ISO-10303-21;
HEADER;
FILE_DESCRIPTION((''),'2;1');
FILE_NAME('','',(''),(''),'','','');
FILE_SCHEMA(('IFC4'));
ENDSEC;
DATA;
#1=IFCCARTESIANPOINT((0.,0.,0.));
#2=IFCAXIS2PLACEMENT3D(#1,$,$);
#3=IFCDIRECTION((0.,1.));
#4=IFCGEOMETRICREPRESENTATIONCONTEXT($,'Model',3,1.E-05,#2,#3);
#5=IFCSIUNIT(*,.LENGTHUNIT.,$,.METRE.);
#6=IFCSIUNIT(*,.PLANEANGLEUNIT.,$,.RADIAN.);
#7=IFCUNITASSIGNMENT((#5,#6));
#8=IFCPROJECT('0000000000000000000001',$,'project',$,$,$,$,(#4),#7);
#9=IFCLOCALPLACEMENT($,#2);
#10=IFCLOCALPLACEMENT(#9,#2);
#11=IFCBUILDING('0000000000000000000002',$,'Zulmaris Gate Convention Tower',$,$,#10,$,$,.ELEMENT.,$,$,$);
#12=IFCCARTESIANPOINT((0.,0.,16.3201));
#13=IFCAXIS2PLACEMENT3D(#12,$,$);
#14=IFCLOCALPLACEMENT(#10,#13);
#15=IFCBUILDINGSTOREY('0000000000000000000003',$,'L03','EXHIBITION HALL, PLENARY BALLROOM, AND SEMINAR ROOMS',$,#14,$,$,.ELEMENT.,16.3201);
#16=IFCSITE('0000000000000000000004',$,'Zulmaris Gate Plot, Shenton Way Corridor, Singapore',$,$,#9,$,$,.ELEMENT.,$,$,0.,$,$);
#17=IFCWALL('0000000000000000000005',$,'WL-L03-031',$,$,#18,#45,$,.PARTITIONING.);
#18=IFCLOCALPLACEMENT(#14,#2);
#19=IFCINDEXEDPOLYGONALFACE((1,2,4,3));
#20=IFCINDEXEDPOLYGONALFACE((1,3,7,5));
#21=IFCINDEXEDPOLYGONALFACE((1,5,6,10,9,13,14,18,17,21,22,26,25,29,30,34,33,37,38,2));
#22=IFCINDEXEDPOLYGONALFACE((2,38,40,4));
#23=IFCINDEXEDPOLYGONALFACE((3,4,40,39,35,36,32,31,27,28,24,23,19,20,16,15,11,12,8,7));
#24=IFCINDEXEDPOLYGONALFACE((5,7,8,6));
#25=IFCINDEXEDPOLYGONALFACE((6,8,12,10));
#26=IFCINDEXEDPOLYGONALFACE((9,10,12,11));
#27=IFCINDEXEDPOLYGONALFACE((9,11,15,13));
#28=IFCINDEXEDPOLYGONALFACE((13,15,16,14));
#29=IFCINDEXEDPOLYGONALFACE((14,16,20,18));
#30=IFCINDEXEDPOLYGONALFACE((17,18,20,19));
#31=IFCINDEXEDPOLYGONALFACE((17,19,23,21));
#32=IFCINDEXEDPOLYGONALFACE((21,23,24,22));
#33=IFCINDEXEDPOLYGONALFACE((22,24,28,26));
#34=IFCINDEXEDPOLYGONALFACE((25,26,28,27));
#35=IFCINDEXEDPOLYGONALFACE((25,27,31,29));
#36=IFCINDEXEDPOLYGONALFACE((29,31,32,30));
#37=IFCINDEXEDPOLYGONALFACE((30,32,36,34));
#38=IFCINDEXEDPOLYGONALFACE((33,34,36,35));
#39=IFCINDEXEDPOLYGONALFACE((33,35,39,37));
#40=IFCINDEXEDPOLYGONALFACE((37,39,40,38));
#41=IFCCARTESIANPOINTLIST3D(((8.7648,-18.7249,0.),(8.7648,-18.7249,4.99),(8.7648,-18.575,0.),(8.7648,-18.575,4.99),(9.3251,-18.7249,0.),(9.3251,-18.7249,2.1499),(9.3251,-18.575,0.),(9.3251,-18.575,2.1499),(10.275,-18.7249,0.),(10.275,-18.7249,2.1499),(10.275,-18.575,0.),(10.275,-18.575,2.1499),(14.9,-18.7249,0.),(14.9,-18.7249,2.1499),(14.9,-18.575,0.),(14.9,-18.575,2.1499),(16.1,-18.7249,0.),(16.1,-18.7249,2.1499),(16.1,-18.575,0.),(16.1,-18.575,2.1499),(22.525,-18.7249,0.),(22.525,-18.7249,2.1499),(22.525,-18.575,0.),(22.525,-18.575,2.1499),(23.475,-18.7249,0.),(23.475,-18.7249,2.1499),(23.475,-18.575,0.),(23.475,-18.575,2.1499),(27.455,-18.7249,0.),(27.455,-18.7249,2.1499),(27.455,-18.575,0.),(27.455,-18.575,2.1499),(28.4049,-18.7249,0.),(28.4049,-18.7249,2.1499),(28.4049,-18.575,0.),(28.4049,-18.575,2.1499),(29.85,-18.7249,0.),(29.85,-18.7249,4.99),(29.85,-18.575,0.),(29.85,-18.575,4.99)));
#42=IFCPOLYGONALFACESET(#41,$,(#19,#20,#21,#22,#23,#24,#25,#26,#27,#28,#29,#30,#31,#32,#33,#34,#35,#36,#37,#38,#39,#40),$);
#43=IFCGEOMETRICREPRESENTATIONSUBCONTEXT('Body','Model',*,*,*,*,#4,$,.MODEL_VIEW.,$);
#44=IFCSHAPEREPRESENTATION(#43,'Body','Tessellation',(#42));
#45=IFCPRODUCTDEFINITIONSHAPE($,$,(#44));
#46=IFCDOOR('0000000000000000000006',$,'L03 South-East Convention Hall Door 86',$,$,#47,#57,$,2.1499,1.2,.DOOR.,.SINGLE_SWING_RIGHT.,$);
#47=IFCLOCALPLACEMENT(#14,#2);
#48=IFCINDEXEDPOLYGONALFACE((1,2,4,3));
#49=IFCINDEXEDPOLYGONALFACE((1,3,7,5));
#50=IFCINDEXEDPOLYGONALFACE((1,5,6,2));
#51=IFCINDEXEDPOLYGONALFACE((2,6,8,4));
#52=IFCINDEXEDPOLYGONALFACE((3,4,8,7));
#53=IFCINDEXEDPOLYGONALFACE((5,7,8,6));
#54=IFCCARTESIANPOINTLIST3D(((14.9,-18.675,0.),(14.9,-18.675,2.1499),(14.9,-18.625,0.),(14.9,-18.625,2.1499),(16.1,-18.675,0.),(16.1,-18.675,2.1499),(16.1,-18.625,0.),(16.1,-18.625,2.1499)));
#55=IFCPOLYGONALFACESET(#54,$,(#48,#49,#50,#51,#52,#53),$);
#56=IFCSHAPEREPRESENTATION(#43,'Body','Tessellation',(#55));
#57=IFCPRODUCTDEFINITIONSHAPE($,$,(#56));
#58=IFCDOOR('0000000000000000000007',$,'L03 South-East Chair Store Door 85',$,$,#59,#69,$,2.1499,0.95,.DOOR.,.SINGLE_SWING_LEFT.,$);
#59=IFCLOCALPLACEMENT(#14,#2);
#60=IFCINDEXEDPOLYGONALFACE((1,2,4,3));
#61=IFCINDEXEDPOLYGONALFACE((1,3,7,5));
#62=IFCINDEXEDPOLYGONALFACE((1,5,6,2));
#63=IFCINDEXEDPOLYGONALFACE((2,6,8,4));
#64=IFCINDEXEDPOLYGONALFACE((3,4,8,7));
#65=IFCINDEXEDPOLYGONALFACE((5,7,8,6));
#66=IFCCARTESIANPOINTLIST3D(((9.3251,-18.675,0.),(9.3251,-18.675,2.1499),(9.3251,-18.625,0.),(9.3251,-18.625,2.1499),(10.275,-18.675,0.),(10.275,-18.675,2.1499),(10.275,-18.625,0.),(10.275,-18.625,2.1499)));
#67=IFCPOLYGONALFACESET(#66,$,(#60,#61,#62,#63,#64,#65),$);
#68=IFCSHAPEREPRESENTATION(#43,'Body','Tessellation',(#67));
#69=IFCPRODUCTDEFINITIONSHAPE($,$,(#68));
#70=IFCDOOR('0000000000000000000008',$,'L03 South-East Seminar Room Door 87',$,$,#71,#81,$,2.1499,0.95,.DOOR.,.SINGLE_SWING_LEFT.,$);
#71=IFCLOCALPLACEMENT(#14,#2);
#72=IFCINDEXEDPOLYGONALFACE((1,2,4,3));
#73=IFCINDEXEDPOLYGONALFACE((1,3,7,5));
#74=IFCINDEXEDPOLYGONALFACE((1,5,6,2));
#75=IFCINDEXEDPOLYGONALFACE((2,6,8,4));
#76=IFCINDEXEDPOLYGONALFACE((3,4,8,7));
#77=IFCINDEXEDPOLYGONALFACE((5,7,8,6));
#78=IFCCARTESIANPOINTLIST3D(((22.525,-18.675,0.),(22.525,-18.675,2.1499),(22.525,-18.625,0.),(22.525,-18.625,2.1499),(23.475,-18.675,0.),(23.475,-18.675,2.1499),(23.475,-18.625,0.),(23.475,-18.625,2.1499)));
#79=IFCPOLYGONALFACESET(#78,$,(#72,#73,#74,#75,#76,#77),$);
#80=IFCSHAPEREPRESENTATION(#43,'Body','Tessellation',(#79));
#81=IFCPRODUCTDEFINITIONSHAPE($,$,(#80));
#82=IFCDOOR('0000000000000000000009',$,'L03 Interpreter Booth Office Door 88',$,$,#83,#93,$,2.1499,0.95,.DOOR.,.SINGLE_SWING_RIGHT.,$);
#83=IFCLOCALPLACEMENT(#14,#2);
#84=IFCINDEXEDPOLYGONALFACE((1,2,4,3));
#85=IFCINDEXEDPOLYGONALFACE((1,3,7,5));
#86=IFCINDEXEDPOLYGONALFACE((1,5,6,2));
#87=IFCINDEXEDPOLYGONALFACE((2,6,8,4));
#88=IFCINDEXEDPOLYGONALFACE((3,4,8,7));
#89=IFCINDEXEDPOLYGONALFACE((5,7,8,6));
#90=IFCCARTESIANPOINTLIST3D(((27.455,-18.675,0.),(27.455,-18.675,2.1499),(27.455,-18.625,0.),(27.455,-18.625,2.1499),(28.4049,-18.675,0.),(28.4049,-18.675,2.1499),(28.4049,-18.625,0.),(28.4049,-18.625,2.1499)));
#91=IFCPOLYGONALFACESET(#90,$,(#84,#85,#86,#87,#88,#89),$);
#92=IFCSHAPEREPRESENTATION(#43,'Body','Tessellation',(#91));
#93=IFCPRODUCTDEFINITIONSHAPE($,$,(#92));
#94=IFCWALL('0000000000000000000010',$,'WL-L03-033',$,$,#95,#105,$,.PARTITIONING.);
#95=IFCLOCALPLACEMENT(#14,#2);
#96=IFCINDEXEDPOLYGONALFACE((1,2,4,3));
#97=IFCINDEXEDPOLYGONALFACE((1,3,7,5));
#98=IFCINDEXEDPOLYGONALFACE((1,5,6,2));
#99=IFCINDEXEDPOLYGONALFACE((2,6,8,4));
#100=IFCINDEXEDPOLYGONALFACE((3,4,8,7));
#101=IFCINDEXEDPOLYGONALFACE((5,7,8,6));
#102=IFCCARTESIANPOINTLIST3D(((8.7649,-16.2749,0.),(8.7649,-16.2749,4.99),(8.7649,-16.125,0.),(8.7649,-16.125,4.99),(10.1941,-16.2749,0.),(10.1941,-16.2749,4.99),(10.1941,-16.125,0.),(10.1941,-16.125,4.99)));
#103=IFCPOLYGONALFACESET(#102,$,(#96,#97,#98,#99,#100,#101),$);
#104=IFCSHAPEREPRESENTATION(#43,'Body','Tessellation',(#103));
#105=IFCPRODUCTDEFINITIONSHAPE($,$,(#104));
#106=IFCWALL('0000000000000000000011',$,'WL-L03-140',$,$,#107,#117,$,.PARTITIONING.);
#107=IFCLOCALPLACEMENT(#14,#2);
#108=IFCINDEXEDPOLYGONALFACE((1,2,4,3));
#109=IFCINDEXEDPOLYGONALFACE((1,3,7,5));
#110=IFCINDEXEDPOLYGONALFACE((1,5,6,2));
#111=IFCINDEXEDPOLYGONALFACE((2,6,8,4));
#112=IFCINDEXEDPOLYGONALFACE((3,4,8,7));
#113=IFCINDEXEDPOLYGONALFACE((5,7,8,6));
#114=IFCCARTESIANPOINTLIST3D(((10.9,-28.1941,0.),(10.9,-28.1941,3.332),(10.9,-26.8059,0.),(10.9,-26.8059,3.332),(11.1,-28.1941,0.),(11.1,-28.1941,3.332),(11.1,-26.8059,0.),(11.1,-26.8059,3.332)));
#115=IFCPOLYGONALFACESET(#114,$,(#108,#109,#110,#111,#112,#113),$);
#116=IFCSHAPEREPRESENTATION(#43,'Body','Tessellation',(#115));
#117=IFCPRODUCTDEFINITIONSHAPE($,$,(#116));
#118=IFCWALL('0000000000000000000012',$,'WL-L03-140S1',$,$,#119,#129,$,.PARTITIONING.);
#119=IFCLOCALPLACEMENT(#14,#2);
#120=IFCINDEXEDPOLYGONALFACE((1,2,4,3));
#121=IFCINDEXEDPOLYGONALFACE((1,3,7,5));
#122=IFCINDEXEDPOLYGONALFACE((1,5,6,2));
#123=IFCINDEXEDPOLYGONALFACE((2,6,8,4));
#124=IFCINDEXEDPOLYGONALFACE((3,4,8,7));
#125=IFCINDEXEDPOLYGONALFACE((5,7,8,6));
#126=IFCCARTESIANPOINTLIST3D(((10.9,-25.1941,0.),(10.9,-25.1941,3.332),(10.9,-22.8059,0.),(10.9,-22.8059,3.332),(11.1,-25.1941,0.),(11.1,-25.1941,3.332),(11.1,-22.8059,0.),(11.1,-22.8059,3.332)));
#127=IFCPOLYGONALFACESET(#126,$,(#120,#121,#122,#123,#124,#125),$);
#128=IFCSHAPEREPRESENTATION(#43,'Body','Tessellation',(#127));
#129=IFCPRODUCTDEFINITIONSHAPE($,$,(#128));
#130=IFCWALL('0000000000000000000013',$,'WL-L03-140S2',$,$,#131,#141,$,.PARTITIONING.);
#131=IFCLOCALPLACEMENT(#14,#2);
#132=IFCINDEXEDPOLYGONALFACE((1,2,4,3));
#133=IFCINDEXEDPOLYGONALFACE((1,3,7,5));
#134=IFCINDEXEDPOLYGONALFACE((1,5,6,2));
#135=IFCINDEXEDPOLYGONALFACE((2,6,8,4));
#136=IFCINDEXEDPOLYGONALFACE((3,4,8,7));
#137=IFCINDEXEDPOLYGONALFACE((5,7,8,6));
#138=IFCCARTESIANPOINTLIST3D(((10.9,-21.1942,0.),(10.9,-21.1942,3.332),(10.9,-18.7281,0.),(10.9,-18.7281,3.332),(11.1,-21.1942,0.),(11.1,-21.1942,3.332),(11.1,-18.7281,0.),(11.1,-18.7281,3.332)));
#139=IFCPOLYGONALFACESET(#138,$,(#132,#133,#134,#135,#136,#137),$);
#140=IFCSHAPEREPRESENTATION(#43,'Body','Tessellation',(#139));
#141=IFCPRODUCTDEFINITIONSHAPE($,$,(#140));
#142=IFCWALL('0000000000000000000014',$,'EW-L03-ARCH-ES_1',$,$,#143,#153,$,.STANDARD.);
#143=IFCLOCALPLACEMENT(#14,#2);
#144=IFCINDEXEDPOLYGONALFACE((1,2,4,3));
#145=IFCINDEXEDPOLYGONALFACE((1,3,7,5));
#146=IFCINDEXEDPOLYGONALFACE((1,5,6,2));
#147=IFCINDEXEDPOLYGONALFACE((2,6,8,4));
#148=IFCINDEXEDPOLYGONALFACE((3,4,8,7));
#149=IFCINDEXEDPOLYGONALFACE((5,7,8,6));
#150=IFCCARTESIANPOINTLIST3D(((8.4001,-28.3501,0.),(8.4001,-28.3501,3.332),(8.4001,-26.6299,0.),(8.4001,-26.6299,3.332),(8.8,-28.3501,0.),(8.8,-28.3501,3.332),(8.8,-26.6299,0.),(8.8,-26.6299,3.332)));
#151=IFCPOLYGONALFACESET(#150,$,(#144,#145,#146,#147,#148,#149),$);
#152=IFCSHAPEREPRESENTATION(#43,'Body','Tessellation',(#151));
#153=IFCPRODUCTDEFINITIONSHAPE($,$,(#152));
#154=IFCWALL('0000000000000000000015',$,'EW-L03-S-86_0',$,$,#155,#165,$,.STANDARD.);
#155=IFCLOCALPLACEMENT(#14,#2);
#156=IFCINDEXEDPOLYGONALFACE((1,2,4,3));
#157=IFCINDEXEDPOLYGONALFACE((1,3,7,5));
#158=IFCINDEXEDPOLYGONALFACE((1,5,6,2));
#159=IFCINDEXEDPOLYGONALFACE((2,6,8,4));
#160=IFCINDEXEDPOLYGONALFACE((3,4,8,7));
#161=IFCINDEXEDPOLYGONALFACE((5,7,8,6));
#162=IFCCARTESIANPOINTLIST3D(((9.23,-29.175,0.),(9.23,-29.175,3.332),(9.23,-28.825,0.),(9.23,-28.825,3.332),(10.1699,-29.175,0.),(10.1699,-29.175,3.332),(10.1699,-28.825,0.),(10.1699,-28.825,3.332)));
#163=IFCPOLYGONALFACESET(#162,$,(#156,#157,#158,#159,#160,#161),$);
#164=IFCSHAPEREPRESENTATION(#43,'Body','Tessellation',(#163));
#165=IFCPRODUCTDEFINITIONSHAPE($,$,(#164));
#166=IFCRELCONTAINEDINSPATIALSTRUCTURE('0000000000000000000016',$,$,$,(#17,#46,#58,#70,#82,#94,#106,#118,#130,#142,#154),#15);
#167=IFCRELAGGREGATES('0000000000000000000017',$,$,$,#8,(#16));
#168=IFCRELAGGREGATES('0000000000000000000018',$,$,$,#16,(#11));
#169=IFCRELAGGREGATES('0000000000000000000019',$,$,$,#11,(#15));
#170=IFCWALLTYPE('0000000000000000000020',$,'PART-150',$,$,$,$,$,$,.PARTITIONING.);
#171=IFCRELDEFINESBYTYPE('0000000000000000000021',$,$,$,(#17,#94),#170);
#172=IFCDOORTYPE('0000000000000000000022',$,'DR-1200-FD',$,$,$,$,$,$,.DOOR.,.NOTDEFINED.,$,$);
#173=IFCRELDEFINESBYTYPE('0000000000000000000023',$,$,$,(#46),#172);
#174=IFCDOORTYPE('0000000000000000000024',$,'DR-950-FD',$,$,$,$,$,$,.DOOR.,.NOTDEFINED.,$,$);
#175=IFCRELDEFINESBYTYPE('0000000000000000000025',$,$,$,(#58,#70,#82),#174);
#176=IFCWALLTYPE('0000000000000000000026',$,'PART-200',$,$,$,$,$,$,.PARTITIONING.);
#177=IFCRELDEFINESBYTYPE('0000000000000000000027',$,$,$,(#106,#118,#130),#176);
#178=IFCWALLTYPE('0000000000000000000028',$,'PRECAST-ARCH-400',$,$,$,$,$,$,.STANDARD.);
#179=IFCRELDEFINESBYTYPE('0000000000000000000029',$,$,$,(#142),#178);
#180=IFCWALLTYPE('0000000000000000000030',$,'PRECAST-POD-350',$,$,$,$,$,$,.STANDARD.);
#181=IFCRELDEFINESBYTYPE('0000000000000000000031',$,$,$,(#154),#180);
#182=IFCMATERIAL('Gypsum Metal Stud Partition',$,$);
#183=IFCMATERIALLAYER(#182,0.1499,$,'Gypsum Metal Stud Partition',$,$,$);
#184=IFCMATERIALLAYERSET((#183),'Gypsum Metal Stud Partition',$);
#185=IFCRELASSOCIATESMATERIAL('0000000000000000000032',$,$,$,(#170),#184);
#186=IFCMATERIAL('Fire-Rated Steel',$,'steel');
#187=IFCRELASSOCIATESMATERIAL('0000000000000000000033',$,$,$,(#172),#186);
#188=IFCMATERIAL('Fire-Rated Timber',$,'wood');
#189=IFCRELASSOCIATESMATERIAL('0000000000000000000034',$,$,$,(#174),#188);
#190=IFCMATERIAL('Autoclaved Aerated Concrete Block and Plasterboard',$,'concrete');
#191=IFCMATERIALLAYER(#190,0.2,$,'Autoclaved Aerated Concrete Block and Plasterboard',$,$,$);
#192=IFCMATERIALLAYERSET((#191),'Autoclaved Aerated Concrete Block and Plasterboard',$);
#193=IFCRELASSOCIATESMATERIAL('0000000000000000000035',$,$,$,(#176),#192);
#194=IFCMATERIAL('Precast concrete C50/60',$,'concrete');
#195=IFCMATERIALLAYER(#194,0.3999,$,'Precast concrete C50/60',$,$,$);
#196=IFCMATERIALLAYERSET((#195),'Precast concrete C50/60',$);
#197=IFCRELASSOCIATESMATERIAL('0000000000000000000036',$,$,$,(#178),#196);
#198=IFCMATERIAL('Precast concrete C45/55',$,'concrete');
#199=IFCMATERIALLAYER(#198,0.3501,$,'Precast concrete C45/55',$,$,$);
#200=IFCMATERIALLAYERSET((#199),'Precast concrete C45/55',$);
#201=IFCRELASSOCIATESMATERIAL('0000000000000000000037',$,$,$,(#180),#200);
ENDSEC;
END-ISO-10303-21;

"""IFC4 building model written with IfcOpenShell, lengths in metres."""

from ifc_helpers import new_model, si_unit, direction, frame, frame_2d, origin, place, context, subcontext, project, spatial, rectangle, extrude, material, layer, layer_set, type_object, element, fill, save


model = new_model("IFC4")

# Units and contexts
model_context = context("Model", 3, precision=1e-05, world=origin(), true_north=direction((0.0, 1.0)))
body_context = subcontext(model_context, "Body", "Model", "MODEL_VIEW")
ifc_project = project(units=[si_unit("LENGTHUNIT", "METRE"), si_unit("PLANEANGLEUNIT", "RADIAN")], contexts=[model_context])

# Site, building, storey
site_placement = place(None, origin())
site = spatial("IfcSite", under=ifc_project, at=site_placement, Name="Zulmaris Gate Plot, Shenton Way Corridor, Singapore", CompositionType="ELEMENT", RefElevation=0.0)
building_placement = place(site_placement, origin())
building = spatial("IfcBuilding", under=site, at=building_placement, Name="Zulmaris Gate Convention Tower", CompositionType="ELEMENT")
storey_placement = place(building_placement, frame((0.0, 0.0, 16.3201)))
storey = spatial("IfcBuildingStorey", under=building, at=storey_placement, Name="L03", Description="EXHIBITION HALL, PLENARY BALLROOM, AND SEMINAR ROOMS", CompositionType="ELEMENT", Elevation=16.3201)

# Wall, openings, doors
ifc_material_1 = material(Name="Gypsum Metal Stud Partition")
ifc_layer_1 = layer(ifc_material_1, 0.1499, Name="Gypsum Metal Stud Partition")
ifc_layer_set_1 = layer_set([ifc_layer_1], Name="Gypsum Metal Stud Partition")
wall_type_1 = type_object("IfcWallType", Name="PART-150", PredefinedType="PARTITIONING", material=ifc_layer_set_1)
wall_1_placement = place(storey_placement, frame((8.7649, -18.6499, 0.0), z_axis=(0.0, 0.0, 1.0), x_axis=(1.0, 0.0, 0.0)))
wall_1 = element("IfcWall", 1, at=wall_1_placement, inside=storey, type_object=wall_type_1, Name="WL-L03-031", PredefinedType="PARTITIONING", context=body_context, shape_type="SweptSolid", body=[
    extrude(rectangle(XDim=21.0852, YDim=0.1499, at=frame_2d((10.5425, 0.0))), origin(), (0.0, 0.0, 1.0), 4.99),
])
opening_1_placement = place(wall_1_placement, frame((0.5601, 0.0, 0.0)))
opening_1 = element("IfcOpeningElement", 2, at=opening_1_placement, cuts=wall_1, PredefinedType="OPENING", context=body_context, shape_type="SweptSolid", body=[
    extrude(rectangle(XDim=0.95, YDim=2.1499, at=frame_2d((0.4751, 1.075))), frame((0.0, 0.085, 0.0), z_axis=(0.0, -1.0, 0.0), x_axis=(1.0, 0.0, 0.0)), (0.0, 0.0, 1.0), 0.1699),
])
opening_2_placement = place(wall_1_placement, frame((6.135, 0.0, 0.0)))
opening_2 = element("IfcOpeningElement", 3, at=opening_2_placement, cuts=wall_1, PredefinedType="OPENING", context=body_context, shape_type="SweptSolid", body=[
    extrude(rectangle(XDim=1.2, YDim=2.1499, at=frame_2d((0.6001, 1.075))), frame((0.0, 0.085, 0.0), z_axis=(0.0, -1.0, 0.0), x_axis=(1.0, 0.0, 0.0)), (0.0, 0.0, 1.0), 0.1699),
])
opening_3_placement = place(wall_1_placement, frame((13.76, 0.0, 0.0)))
opening_3 = element("IfcOpeningElement", 4, at=opening_3_placement, cuts=wall_1, PredefinedType="OPENING", context=body_context, shape_type="SweptSolid", body=[
    extrude(rectangle(XDim=0.95, YDim=2.1499, at=frame_2d((0.4751, 1.075))), frame((0.0, 0.085, 0.0), z_axis=(0.0, -1.0, 0.0), x_axis=(1.0, 0.0, 0.0)), (0.0, 0.0, 1.0), 0.1699),
])
opening_4_placement = place(wall_1_placement, frame((18.6899, 0.0, 0.0)))
opening_4 = element("IfcOpeningElement", 5, at=opening_4_placement, cuts=wall_1, PredefinedType="OPENING", context=body_context, shape_type="SweptSolid", body=[
    extrude(rectangle(XDim=0.95, YDim=2.1499, at=frame_2d((0.4751, 1.075))), frame((0.0, 0.085, 0.0), z_axis=(0.0, -1.0, 0.0), x_axis=(1.0, 0.0, 0.0)), (0.0, 0.0, 1.0), 0.1699),
])
ifc_material_2 = material(Name="Fire-Rated Steel", Category="steel")
door_type_1 = type_object("IfcDoorType", Name="DR-1200-FD", OperationType="NOTDEFINED", PredefinedType="DOOR", material=ifc_material_2)
door_1_placement = place(opening_2_placement, origin())
door_1 = element("IfcDoor", 6, at=door_1_placement, inside=storey, type_object=door_type_1, Name="L03 South-East Convention Hall Door 86", OperationType="SINGLE_SWING_RIGHT", OverallHeight=2.1499, OverallWidth=1.2, PredefinedType="DOOR", context=body_context, shape_type="SweptSolid", body=[
    extrude(rectangle(XDim=1.2, YDim=2.1499, at=frame_2d((0.6001, 1.075))), frame((0.0, 0.0249, 0.0), z_axis=(0.0, -1.0, 0.0), x_axis=(1.0, 0.0, 0.0)), (0.0, 0.0, 1.0), 0.05),
])
fill(opening_2, door_1)
ifc_material_3 = material(Name="Fire-Rated Timber", Category="wood")
door_type_2 = type_object("IfcDoorType", Name="DR-950-FD", OperationType="NOTDEFINED", PredefinedType="DOOR", material=ifc_material_3)
door_2_placement = place(opening_1_placement, origin())
door_2 = element("IfcDoor", 7, at=door_2_placement, inside=storey, type_object=door_type_2, Name="L03 South-East Chair Store Door 85", OperationType="SINGLE_SWING_LEFT", OverallHeight=2.1499, OverallWidth=0.95, PredefinedType="DOOR", context=body_context, shape_type="SweptSolid", body=[
    extrude(rectangle(XDim=0.95, YDim=2.1499, at=frame_2d((0.4751, 1.075))), frame((0.0, 0.0249, 0.0), z_axis=(0.0, -1.0, 0.0), x_axis=(1.0, 0.0, 0.0)), (0.0, 0.0, 1.0), 0.05),
])
fill(opening_1, door_2)
door_3_placement = place(opening_3_placement, origin())
door_3 = element("IfcDoor", 8, at=door_3_placement, inside=storey, type_object=door_type_2, Name="L03 South-East Seminar Room Door 87", OperationType="SINGLE_SWING_LEFT", OverallHeight=2.1499, OverallWidth=0.95, PredefinedType="DOOR", context=body_context, shape_type="SweptSolid", body=[
    extrude(rectangle(XDim=0.95, YDim=2.1499, at=frame_2d((0.4751, 1.075))), frame((0.0, 0.0249, 0.0), z_axis=(0.0, -1.0, 0.0), x_axis=(1.0, 0.0, 0.0)), (0.0, 0.0, 1.0), 0.05),
])
fill(opening_3, door_3)
door_4_placement = place(opening_4_placement, origin())
door_4 = element("IfcDoor", 9, at=door_4_placement, inside=storey, type_object=door_type_2, Name="L03 Interpreter Booth Office Door 88", OperationType="SINGLE_SWING_RIGHT", OverallHeight=2.1499, OverallWidth=0.95, PredefinedType="DOOR", context=body_context, shape_type="SweptSolid", body=[
    extrude(rectangle(XDim=0.95, YDim=2.1499, at=frame_2d((0.4751, 1.075))), frame((0.0, 0.0249, 0.0), z_axis=(0.0, -1.0, 0.0), x_axis=(1.0, 0.0, 0.0)), (0.0, 0.0, 1.0), 0.05),
])
fill(opening_4, door_4)

# Wall
wall_2_placement = place(storey_placement, frame((8.7649, -16.2, 0.0), z_axis=(0.0, 0.0, 1.0), x_axis=(1.0, 0.0, 0.0)))
element("IfcWall", 10, at=wall_2_placement, inside=storey, type_object=wall_type_1, Name="WL-L03-033", PredefinedType="PARTITIONING", context=body_context, shape_type="SweptSolid", body=[
    extrude(rectangle(XDim=1.4292, YDim=0.1499, at=frame_2d((0.7146, 0.0))), origin(), (0.0, 0.0, 1.0), 4.99),
])

# Walls
ifc_material_4 = material(Name="Autoclaved Aerated Concrete Block and Plasterboard", Category="concrete")
ifc_layer_2 = layer(ifc_material_4, 0.2, Name="Autoclaved Aerated Concrete Block and Plasterboard")
ifc_layer_set_2 = layer_set([ifc_layer_2], Name="Autoclaved Aerated Concrete Block and Plasterboard")
wall_type_2 = type_object("IfcWallType", Name="PART-200", PredefinedType="PARTITIONING", material=ifc_layer_set_2)
wall_3_placement = place(storey_placement, frame((11.0, -28.1941, 0.0), z_axis=(0.0, 0.0, 1.0), x_axis=(0.0, 1.0, 0.0)))
element("IfcWall", 11, at=wall_3_placement, inside=storey, type_object=wall_type_2, Name="WL-L03-140", PredefinedType="PARTITIONING", context=body_context, shape_type="SweptSolid", body=[
    extrude(rectangle(XDim=1.3882, YDim=0.2, at=frame_2d((0.6941, 0.0))), origin(), (0.0, 0.0, 1.0), 3.332),
])
wall_4_placement = place(storey_placement, frame((11.0, -25.1941, 0.0), z_axis=(0.0, 0.0, 1.0), x_axis=(0.0, 1.0, 0.0)))
element("IfcWall", 12, at=wall_4_placement, inside=storey, type_object=wall_type_2, Name="WL-L03-140S1", PredefinedType="PARTITIONING", context=body_context, shape_type="SweptSolid", body=[
    extrude(rectangle(XDim=2.3882, YDim=0.2, at=frame_2d((1.1941, 0.0))), origin(), (0.0, 0.0, 1.0), 3.332),
])
wall_5_placement = place(storey_placement, frame((11.0, -21.1941, 0.0), z_axis=(0.0, 0.0, 1.0), x_axis=(0.0, 1.0, 0.0)))
element("IfcWall", 13, at=wall_5_placement, inside=storey, type_object=wall_type_2, Name="WL-L03-140S2", PredefinedType="PARTITIONING", context=body_context, shape_type="SweptSolid", body=[
    extrude(rectangle(XDim=2.4661, YDim=0.2, at=frame_2d((1.2329, 0.0))), origin(), (0.0, 0.0, 1.0), 3.332),
])
ifc_material_5 = material(Name="Precast concrete C50/60", Category="concrete")
ifc_layer_3 = layer(ifc_material_5, 0.3999, Name="Precast concrete C50/60")
ifc_layer_set_3 = layer_set([ifc_layer_3], Name="Precast concrete C50/60")
wall_type_3 = type_object("IfcWallType", Name="PRECAST-ARCH-400", PredefinedType="STANDARD", material=ifc_layer_set_3)
wall_6_placement = place(storey_placement, frame((8.6001, -26.6299, 0.0), z_axis=(0.0, 0.0, 1.0), x_axis=(0.0, -1.0, 0.0)))
element("IfcWall", 14, at=wall_6_placement, inside=storey, type_object=wall_type_3, Name="EW-L03-ARCH-ES_1", PredefinedType="STANDARD", context=body_context, shape_type="SweptSolid", body=[
    extrude(rectangle(XDim=1.7202, YDim=0.3999, at=frame_2d((0.8601, 0.0))), origin(), (0.0, 0.0, 1.0), 3.332),
])
ifc_material_6 = material(Name="Precast concrete C45/55", Category="concrete")
ifc_layer_4 = layer(ifc_material_6, 0.3501, Name="Precast concrete C45/55")
ifc_layer_set_4 = layer_set([ifc_layer_4], Name="Precast concrete C45/55")
wall_type_4 = type_object("IfcWallType", Name="PRECAST-POD-350", PredefinedType="STANDARD", material=ifc_layer_set_4)
wall_7_placement = place(storey_placement, frame((9.23, -29.0, 0.0), z_axis=(0.0, 0.0, 1.0), x_axis=(1.0, 0.0, 0.0)))
element("IfcWall", 15, at=wall_7_placement, inside=storey, type_object=wall_type_4, Name="EW-L03-S-86_0", PredefinedType="STANDARD", context=body_context, shape_type="SweptSolid", body=[
    extrude(rectangle(XDim=0.9399, YDim=0.3501, at=frame_2d((0.47, 0.0))), origin(), (0.0, 0.0, 1.0), 3.332),
])

save(model, "model.ifc")
